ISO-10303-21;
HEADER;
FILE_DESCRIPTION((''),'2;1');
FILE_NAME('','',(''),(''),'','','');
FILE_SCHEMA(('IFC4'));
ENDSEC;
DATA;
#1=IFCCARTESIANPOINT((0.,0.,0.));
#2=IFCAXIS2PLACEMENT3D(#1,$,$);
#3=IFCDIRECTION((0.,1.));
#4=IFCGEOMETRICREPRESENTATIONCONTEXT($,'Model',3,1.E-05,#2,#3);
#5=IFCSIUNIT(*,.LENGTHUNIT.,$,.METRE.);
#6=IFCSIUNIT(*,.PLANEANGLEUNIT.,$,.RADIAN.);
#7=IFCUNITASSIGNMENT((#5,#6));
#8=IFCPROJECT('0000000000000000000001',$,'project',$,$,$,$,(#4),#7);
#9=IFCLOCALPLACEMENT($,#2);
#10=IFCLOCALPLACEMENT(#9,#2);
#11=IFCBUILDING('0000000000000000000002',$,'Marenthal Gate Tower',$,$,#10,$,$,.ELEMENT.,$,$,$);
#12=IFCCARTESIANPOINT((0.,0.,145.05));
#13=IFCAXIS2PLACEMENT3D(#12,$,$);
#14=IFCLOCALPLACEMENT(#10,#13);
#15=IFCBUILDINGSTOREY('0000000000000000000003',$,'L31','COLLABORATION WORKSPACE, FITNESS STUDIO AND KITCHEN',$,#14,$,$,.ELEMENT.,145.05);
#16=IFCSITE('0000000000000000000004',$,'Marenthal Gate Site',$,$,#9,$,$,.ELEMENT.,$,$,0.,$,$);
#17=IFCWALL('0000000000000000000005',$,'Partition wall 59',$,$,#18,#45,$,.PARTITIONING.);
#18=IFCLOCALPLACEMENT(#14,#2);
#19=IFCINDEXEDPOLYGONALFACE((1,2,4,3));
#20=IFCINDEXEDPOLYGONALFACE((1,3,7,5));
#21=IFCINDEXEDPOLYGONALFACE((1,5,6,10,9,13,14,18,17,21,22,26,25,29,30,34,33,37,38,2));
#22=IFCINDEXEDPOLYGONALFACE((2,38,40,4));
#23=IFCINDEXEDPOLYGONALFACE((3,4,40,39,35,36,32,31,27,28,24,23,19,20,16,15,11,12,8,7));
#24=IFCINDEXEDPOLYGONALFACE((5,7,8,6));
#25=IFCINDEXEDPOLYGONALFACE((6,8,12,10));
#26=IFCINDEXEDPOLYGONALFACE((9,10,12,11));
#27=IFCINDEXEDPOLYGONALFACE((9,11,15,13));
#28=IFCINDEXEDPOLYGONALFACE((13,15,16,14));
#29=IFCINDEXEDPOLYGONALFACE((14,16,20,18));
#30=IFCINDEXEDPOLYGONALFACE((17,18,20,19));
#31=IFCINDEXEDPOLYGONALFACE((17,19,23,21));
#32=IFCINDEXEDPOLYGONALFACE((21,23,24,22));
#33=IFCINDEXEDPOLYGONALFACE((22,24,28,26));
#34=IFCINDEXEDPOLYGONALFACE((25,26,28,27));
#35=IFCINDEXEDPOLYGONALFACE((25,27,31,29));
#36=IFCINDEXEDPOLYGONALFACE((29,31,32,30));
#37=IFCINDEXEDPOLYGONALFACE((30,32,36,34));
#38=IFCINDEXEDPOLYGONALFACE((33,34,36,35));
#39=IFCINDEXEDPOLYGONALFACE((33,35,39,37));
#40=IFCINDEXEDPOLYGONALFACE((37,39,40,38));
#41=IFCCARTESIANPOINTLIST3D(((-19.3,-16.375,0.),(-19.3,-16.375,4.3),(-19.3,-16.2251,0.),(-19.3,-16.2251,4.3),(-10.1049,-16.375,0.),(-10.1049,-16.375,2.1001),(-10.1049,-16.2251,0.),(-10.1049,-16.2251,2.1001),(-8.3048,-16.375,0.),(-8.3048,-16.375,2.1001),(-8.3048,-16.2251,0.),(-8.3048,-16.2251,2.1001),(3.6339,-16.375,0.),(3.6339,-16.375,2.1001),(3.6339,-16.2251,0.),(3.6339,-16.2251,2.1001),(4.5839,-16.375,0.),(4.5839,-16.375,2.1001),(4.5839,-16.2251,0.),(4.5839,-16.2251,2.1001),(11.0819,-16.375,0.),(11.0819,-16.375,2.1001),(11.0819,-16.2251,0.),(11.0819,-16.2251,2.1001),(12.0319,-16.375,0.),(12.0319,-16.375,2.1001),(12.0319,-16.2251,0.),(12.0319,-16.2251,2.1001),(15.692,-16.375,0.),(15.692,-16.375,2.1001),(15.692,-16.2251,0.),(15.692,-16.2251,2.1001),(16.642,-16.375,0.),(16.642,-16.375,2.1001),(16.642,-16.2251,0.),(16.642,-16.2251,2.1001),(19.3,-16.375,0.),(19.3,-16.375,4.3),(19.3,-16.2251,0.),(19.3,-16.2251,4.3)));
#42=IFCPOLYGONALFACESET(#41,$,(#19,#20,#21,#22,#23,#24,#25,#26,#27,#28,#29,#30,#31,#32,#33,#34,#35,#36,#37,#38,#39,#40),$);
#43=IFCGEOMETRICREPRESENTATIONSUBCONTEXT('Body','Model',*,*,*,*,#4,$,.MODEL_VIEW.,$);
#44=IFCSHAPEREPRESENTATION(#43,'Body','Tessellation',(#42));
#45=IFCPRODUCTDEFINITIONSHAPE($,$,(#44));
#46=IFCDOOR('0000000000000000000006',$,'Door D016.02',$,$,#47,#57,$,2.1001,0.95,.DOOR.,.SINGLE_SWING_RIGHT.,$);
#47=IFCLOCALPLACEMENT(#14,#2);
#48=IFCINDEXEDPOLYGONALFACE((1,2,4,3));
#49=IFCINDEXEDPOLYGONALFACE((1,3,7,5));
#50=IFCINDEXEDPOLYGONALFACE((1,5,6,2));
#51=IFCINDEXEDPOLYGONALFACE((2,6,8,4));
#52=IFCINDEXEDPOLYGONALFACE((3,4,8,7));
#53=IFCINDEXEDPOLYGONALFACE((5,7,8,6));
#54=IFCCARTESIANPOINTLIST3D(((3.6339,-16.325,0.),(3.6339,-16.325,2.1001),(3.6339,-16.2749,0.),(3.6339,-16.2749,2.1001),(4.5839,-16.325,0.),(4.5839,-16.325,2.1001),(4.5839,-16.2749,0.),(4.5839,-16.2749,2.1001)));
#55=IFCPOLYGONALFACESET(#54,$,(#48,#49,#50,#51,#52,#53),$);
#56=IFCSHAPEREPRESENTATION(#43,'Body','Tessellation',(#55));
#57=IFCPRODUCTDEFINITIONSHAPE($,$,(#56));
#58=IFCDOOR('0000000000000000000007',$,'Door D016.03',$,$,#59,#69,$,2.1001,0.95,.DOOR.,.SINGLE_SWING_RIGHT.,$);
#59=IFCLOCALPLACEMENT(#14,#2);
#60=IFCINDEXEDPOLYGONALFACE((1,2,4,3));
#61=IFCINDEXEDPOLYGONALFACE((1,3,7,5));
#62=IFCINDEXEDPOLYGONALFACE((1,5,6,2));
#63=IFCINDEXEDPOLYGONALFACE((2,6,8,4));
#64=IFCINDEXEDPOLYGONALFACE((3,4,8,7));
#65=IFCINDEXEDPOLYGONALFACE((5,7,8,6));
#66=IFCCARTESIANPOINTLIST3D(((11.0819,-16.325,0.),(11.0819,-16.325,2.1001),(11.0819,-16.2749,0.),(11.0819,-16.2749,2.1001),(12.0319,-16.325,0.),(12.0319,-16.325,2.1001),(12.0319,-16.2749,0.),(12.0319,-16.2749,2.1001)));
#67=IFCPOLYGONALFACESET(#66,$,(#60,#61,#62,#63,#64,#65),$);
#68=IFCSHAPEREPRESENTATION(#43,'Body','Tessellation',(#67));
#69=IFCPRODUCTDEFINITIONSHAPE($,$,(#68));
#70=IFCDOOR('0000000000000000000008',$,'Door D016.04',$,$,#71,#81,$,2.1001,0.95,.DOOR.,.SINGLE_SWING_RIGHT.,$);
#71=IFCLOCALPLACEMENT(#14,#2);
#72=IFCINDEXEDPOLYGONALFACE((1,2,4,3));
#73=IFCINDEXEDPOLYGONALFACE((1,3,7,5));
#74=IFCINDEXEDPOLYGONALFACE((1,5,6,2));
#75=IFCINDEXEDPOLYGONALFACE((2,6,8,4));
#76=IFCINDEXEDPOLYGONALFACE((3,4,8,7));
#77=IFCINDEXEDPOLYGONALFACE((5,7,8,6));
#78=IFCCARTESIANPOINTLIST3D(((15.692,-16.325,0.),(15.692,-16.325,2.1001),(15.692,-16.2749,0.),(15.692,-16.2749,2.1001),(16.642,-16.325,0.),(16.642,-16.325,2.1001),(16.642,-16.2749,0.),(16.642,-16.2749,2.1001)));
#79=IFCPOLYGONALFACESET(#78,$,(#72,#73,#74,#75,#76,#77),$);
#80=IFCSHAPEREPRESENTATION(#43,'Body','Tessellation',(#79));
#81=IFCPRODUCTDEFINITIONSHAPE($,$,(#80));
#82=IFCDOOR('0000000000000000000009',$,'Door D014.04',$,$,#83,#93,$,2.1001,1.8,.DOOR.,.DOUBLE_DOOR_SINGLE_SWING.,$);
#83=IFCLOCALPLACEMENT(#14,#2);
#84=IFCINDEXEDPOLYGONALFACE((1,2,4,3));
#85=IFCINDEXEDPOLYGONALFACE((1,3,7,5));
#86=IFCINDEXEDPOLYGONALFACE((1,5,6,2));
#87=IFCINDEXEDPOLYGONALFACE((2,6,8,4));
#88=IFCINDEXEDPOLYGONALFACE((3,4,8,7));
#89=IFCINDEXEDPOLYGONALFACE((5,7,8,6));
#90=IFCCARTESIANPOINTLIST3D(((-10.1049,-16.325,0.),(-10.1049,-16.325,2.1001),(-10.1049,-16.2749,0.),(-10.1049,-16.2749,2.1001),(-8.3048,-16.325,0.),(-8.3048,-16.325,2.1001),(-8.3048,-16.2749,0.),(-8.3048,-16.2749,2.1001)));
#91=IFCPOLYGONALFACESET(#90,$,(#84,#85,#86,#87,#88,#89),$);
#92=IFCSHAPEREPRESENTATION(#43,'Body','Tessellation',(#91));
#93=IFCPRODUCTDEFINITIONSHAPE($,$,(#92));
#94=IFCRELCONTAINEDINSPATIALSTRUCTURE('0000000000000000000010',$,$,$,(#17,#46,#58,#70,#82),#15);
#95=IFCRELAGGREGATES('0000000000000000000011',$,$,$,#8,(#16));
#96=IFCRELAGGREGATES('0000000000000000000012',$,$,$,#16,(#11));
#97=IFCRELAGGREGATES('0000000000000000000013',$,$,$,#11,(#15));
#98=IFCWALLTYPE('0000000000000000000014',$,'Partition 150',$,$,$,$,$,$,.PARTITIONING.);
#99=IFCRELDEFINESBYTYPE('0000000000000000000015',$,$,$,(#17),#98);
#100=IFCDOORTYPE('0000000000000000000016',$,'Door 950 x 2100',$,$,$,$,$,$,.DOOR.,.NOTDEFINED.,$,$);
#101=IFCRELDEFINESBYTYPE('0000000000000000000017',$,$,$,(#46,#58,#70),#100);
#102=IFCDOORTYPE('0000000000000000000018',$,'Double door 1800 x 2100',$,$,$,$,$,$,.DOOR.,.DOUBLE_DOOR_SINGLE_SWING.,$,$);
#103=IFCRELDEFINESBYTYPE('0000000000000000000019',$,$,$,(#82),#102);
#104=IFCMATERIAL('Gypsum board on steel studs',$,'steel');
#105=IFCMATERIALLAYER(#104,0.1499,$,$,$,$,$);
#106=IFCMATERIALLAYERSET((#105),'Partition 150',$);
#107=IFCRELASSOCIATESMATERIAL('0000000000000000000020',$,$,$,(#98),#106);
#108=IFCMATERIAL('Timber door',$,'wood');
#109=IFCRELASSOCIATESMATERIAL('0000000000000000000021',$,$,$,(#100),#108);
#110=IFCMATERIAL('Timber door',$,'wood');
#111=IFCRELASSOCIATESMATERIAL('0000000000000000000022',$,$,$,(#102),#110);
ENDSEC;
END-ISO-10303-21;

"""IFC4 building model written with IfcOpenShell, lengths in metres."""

from ifc_helpers import new_model, si_unit, direction, frame, frame_2d, origin, place, context, subcontext, project, spatial, rectangle, extrude, material, layer, layer_set, type_object, element, fill, save


model = new_model("IFC4")

# Units and contexts
model_context = context("Model", 3, precision=1e-05, world=origin(), true_north=direction((0.0, 1.0)))
body_context = subcontext(model_context, "Body", "Model", "MODEL_VIEW")
ifc_project = project(units=[si_unit("LENGTHUNIT", "METRE"), si_unit("PLANEANGLEUNIT", "RADIAN")], contexts=[model_context])

# Site, building, storey
site_placement = place(None, origin())
site = spatial("IfcSite", under=ifc_project, at=site_placement, Name="Marenthal Gate Site", CompositionType="ELEMENT", RefElevation=0.0)
building_placement = place(site_placement, origin())
building = spatial("IfcBuilding", under=site, at=building_placement, Name="Marenthal Gate Tower", CompositionType="ELEMENT")
storey_placement = place(building_placement, frame((0.0, 0.0, 145.05)))
storey = spatial("IfcBuildingStorey", under=building, at=storey_placement, Name="L31", Description="COLLABORATION WORKSPACE, FITNESS STUDIO AND KITCHEN", CompositionType="ELEMENT", Elevation=145.05)

# Wall, openings, doors
ifc_material_1 = material(Name="Gypsum board on steel studs", Category="steel")
ifc_layer_1 = layer(ifc_material_1, 0.1499)
ifc_layer_set_1 = layer_set([ifc_layer_1], Name="Partition 150")
wall_type_1 = type_object("IfcWallType", Name="Partition 150", PredefinedType="PARTITIONING", material=ifc_layer_set_1)
wall_1_placement = place(storey_placement, frame((19.3, -16.3, 0.0), z_axis=(0.0, 0.0, 1.0), x_axis=(-1.0, 0.0, 0.0)))
wall_1 = element("IfcWall", 1, at=wall_1_placement, inside=storey, type_object=wall_type_1, Name="Partition wall 59", PredefinedType="PARTITIONING", context=body_context, shape_type="SweptSolid", body=[
    extrude(rectangle(XDim=38.6001, YDim=0.1499, at=frame_2d((19.3, 0.0))), origin(), (0.0, 0.0, 1.0), 4.3),
])
opening_1_placement = place(wall_1_placement, frame((14.7161, 0.0, 0.0)))
opening_1 = element("IfcOpeningElement", 2, at=opening_1_placement, cuts=wall_1, PredefinedType="OPENING", context=body_context, shape_type="SweptSolid", body=[
    extrude(rectangle(XDim=0.95, YDim=2.1001, at=frame_2d((0.4751, 1.05))), frame((0.0, 0.085, 0.0), z_axis=(0.0, -1.0, 0.0), x_axis=(1.0, 0.0, 0.0)), (0.0, 0.0, 1.0), 0.1699),
])
opening_2_placement = place(wall_1_placement, frame((27.605, 0.0, 0.0)))
opening_2 = element("IfcOpeningElement", 3, at=opening_2_placement, cuts=wall_1, PredefinedType="OPENING", context=body_context, shape_type="SweptSolid", body=[
    extrude(rectangle(XDim=1.8, YDim=2.1001, at=frame_2d((0.8999, 1.05))), frame((0.0, 0.085, 0.0), z_axis=(0.0, -1.0, 0.0), x_axis=(1.0, 0.0, 0.0)), (0.0, 0.0, 1.0), 0.1699),
])
opening_3_placement = place(wall_1_placement, frame((7.2681, 0.0, 0.0)))
opening_3 = element("IfcOpeningElement", 4, at=opening_3_placement, cuts=wall_1, PredefinedType="OPENING", context=body_context, shape_type="SweptSolid", body=[
    extrude(rectangle(XDim=0.95, YDim=2.1001, at=frame_2d((0.4751, 1.05))), frame((0.0, 0.085, 0.0), z_axis=(0.0, -1.0, 0.0), x_axis=(1.0, 0.0, 0.0)), (0.0, 0.0, 1.0), 0.1699),
])
opening_4_placement = place(wall_1_placement, frame((2.658, 0.0, 0.0)))
opening_4 = element("IfcOpeningElement", 5, at=opening_4_placement, cuts=wall_1, PredefinedType="OPENING", context=body_context, shape_type="SweptSolid", body=[
    extrude(rectangle(XDim=0.95, YDim=2.1001, at=frame_2d((0.4751, 1.05))), frame((0.0, 0.085, 0.0), z_axis=(0.0, -1.0, 0.0), x_axis=(1.0, 0.0, 0.0)), (0.0, 0.0, 1.0), 0.1699),
])
ifc_material_2 = material(Name="Timber door", Category="wood")
door_type_1 = type_object("IfcDoorType", Name="Door 950 x 2100", OperationType="NOTDEFINED", PredefinedType="DOOR", material=ifc_material_2)
door_1_placement = place(opening_1_placement, origin())
door_1 = element("IfcDoor", 6, at=door_1_placement, inside=storey, type_object=door_type_1, Name="Door D016.02", OperationType="SINGLE_SWING_RIGHT", OverallHeight=2.1001, OverallWidth=0.95, PredefinedType="DOOR", context=body_context, shape_type="SweptSolid", body=[
    extrude(rectangle(XDim=0.95, YDim=2.1001, at=frame_2d((0.4751, 1.05))), frame((0.0, 0.0249, 0.0), z_axis=(0.0, -1.0, 0.0), x_axis=(1.0, 0.0, 0.0)), (0.0, 0.0, 1.0), 0.05),
])
fill(opening_1, door_1)
door_2_placement = place(opening_3_placement, origin())
door_2 = element("IfcDoor", 7, at=door_2_placement, inside=storey, type_object=door_type_1, Name="Door D016.03", OperationType="SINGLE_SWING_RIGHT", OverallHeight=2.1001, OverallWidth=0.95, PredefinedType="DOOR", context=body_context, shape_type="SweptSolid", body=[
    extrude(rectangle(XDim=0.95, YDim=2.1001, at=frame_2d((0.4751, 1.05))), frame((0.0, 0.0249, 0.0), z_axis=(0.0, -1.0, 0.0), x_axis=(1.0, 0.0, 0.0)), (0.0, 0.0, 1.0), 0.05),
])
fill(opening_3, door_2)
door_3_placement = place(opening_4_placement, origin())
door_3 = element("IfcDoor", 8, at=door_3_placement, inside=storey, type_object=door_type_1, Name="Door D016.04", OperationType="SINGLE_SWING_RIGHT", OverallHeight=2.1001, OverallWidth=0.95, PredefinedType="DOOR", context=body_context, shape_type="SweptSolid", body=[
    extrude(rectangle(XDim=0.95, YDim=2.1001, at=frame_2d((0.4751, 1.05))), frame((0.0, 0.0249, 0.0), z_axis=(0.0, -1.0, 0.0), x_axis=(1.0, 0.0, 0.0)), (0.0, 0.0, 1.0), 0.05),
])
fill(opening_4, door_3)
ifc_material_3 = material(Name="Timber door", Category="wood")
door_type_2 = type_object("IfcDoorType", Name="Double door 1800 x 2100", OperationType="DOUBLE_DOOR_SINGLE_SWING", PredefinedType="DOOR", material=ifc_material_3)
door_4_placement = place(opening_2_placement, origin())
door_4 = element("IfcDoor", 9, at=door_4_placement, inside=storey, type_object=door_type_2, Name="Door D014.04", OperationType="DOUBLE_DOOR_SINGLE_SWING", OverallHeight=2.1001, OverallWidth=1.8, PredefinedType="DOOR", context=body_context, shape_type="SweptSolid", body=[
    extrude(rectangle(XDim=1.8, YDim=2.1001, at=frame_2d((0.8999, 1.05))), frame((0.0, 0.0249, 0.0), z_axis=(0.0, -1.0, 0.0), x_axis=(1.0, 0.0, 0.0)), (0.0, 0.0, 1.0), 0.05),
])
fill(opening_2, door_4)

save(model, "model.ifc")
